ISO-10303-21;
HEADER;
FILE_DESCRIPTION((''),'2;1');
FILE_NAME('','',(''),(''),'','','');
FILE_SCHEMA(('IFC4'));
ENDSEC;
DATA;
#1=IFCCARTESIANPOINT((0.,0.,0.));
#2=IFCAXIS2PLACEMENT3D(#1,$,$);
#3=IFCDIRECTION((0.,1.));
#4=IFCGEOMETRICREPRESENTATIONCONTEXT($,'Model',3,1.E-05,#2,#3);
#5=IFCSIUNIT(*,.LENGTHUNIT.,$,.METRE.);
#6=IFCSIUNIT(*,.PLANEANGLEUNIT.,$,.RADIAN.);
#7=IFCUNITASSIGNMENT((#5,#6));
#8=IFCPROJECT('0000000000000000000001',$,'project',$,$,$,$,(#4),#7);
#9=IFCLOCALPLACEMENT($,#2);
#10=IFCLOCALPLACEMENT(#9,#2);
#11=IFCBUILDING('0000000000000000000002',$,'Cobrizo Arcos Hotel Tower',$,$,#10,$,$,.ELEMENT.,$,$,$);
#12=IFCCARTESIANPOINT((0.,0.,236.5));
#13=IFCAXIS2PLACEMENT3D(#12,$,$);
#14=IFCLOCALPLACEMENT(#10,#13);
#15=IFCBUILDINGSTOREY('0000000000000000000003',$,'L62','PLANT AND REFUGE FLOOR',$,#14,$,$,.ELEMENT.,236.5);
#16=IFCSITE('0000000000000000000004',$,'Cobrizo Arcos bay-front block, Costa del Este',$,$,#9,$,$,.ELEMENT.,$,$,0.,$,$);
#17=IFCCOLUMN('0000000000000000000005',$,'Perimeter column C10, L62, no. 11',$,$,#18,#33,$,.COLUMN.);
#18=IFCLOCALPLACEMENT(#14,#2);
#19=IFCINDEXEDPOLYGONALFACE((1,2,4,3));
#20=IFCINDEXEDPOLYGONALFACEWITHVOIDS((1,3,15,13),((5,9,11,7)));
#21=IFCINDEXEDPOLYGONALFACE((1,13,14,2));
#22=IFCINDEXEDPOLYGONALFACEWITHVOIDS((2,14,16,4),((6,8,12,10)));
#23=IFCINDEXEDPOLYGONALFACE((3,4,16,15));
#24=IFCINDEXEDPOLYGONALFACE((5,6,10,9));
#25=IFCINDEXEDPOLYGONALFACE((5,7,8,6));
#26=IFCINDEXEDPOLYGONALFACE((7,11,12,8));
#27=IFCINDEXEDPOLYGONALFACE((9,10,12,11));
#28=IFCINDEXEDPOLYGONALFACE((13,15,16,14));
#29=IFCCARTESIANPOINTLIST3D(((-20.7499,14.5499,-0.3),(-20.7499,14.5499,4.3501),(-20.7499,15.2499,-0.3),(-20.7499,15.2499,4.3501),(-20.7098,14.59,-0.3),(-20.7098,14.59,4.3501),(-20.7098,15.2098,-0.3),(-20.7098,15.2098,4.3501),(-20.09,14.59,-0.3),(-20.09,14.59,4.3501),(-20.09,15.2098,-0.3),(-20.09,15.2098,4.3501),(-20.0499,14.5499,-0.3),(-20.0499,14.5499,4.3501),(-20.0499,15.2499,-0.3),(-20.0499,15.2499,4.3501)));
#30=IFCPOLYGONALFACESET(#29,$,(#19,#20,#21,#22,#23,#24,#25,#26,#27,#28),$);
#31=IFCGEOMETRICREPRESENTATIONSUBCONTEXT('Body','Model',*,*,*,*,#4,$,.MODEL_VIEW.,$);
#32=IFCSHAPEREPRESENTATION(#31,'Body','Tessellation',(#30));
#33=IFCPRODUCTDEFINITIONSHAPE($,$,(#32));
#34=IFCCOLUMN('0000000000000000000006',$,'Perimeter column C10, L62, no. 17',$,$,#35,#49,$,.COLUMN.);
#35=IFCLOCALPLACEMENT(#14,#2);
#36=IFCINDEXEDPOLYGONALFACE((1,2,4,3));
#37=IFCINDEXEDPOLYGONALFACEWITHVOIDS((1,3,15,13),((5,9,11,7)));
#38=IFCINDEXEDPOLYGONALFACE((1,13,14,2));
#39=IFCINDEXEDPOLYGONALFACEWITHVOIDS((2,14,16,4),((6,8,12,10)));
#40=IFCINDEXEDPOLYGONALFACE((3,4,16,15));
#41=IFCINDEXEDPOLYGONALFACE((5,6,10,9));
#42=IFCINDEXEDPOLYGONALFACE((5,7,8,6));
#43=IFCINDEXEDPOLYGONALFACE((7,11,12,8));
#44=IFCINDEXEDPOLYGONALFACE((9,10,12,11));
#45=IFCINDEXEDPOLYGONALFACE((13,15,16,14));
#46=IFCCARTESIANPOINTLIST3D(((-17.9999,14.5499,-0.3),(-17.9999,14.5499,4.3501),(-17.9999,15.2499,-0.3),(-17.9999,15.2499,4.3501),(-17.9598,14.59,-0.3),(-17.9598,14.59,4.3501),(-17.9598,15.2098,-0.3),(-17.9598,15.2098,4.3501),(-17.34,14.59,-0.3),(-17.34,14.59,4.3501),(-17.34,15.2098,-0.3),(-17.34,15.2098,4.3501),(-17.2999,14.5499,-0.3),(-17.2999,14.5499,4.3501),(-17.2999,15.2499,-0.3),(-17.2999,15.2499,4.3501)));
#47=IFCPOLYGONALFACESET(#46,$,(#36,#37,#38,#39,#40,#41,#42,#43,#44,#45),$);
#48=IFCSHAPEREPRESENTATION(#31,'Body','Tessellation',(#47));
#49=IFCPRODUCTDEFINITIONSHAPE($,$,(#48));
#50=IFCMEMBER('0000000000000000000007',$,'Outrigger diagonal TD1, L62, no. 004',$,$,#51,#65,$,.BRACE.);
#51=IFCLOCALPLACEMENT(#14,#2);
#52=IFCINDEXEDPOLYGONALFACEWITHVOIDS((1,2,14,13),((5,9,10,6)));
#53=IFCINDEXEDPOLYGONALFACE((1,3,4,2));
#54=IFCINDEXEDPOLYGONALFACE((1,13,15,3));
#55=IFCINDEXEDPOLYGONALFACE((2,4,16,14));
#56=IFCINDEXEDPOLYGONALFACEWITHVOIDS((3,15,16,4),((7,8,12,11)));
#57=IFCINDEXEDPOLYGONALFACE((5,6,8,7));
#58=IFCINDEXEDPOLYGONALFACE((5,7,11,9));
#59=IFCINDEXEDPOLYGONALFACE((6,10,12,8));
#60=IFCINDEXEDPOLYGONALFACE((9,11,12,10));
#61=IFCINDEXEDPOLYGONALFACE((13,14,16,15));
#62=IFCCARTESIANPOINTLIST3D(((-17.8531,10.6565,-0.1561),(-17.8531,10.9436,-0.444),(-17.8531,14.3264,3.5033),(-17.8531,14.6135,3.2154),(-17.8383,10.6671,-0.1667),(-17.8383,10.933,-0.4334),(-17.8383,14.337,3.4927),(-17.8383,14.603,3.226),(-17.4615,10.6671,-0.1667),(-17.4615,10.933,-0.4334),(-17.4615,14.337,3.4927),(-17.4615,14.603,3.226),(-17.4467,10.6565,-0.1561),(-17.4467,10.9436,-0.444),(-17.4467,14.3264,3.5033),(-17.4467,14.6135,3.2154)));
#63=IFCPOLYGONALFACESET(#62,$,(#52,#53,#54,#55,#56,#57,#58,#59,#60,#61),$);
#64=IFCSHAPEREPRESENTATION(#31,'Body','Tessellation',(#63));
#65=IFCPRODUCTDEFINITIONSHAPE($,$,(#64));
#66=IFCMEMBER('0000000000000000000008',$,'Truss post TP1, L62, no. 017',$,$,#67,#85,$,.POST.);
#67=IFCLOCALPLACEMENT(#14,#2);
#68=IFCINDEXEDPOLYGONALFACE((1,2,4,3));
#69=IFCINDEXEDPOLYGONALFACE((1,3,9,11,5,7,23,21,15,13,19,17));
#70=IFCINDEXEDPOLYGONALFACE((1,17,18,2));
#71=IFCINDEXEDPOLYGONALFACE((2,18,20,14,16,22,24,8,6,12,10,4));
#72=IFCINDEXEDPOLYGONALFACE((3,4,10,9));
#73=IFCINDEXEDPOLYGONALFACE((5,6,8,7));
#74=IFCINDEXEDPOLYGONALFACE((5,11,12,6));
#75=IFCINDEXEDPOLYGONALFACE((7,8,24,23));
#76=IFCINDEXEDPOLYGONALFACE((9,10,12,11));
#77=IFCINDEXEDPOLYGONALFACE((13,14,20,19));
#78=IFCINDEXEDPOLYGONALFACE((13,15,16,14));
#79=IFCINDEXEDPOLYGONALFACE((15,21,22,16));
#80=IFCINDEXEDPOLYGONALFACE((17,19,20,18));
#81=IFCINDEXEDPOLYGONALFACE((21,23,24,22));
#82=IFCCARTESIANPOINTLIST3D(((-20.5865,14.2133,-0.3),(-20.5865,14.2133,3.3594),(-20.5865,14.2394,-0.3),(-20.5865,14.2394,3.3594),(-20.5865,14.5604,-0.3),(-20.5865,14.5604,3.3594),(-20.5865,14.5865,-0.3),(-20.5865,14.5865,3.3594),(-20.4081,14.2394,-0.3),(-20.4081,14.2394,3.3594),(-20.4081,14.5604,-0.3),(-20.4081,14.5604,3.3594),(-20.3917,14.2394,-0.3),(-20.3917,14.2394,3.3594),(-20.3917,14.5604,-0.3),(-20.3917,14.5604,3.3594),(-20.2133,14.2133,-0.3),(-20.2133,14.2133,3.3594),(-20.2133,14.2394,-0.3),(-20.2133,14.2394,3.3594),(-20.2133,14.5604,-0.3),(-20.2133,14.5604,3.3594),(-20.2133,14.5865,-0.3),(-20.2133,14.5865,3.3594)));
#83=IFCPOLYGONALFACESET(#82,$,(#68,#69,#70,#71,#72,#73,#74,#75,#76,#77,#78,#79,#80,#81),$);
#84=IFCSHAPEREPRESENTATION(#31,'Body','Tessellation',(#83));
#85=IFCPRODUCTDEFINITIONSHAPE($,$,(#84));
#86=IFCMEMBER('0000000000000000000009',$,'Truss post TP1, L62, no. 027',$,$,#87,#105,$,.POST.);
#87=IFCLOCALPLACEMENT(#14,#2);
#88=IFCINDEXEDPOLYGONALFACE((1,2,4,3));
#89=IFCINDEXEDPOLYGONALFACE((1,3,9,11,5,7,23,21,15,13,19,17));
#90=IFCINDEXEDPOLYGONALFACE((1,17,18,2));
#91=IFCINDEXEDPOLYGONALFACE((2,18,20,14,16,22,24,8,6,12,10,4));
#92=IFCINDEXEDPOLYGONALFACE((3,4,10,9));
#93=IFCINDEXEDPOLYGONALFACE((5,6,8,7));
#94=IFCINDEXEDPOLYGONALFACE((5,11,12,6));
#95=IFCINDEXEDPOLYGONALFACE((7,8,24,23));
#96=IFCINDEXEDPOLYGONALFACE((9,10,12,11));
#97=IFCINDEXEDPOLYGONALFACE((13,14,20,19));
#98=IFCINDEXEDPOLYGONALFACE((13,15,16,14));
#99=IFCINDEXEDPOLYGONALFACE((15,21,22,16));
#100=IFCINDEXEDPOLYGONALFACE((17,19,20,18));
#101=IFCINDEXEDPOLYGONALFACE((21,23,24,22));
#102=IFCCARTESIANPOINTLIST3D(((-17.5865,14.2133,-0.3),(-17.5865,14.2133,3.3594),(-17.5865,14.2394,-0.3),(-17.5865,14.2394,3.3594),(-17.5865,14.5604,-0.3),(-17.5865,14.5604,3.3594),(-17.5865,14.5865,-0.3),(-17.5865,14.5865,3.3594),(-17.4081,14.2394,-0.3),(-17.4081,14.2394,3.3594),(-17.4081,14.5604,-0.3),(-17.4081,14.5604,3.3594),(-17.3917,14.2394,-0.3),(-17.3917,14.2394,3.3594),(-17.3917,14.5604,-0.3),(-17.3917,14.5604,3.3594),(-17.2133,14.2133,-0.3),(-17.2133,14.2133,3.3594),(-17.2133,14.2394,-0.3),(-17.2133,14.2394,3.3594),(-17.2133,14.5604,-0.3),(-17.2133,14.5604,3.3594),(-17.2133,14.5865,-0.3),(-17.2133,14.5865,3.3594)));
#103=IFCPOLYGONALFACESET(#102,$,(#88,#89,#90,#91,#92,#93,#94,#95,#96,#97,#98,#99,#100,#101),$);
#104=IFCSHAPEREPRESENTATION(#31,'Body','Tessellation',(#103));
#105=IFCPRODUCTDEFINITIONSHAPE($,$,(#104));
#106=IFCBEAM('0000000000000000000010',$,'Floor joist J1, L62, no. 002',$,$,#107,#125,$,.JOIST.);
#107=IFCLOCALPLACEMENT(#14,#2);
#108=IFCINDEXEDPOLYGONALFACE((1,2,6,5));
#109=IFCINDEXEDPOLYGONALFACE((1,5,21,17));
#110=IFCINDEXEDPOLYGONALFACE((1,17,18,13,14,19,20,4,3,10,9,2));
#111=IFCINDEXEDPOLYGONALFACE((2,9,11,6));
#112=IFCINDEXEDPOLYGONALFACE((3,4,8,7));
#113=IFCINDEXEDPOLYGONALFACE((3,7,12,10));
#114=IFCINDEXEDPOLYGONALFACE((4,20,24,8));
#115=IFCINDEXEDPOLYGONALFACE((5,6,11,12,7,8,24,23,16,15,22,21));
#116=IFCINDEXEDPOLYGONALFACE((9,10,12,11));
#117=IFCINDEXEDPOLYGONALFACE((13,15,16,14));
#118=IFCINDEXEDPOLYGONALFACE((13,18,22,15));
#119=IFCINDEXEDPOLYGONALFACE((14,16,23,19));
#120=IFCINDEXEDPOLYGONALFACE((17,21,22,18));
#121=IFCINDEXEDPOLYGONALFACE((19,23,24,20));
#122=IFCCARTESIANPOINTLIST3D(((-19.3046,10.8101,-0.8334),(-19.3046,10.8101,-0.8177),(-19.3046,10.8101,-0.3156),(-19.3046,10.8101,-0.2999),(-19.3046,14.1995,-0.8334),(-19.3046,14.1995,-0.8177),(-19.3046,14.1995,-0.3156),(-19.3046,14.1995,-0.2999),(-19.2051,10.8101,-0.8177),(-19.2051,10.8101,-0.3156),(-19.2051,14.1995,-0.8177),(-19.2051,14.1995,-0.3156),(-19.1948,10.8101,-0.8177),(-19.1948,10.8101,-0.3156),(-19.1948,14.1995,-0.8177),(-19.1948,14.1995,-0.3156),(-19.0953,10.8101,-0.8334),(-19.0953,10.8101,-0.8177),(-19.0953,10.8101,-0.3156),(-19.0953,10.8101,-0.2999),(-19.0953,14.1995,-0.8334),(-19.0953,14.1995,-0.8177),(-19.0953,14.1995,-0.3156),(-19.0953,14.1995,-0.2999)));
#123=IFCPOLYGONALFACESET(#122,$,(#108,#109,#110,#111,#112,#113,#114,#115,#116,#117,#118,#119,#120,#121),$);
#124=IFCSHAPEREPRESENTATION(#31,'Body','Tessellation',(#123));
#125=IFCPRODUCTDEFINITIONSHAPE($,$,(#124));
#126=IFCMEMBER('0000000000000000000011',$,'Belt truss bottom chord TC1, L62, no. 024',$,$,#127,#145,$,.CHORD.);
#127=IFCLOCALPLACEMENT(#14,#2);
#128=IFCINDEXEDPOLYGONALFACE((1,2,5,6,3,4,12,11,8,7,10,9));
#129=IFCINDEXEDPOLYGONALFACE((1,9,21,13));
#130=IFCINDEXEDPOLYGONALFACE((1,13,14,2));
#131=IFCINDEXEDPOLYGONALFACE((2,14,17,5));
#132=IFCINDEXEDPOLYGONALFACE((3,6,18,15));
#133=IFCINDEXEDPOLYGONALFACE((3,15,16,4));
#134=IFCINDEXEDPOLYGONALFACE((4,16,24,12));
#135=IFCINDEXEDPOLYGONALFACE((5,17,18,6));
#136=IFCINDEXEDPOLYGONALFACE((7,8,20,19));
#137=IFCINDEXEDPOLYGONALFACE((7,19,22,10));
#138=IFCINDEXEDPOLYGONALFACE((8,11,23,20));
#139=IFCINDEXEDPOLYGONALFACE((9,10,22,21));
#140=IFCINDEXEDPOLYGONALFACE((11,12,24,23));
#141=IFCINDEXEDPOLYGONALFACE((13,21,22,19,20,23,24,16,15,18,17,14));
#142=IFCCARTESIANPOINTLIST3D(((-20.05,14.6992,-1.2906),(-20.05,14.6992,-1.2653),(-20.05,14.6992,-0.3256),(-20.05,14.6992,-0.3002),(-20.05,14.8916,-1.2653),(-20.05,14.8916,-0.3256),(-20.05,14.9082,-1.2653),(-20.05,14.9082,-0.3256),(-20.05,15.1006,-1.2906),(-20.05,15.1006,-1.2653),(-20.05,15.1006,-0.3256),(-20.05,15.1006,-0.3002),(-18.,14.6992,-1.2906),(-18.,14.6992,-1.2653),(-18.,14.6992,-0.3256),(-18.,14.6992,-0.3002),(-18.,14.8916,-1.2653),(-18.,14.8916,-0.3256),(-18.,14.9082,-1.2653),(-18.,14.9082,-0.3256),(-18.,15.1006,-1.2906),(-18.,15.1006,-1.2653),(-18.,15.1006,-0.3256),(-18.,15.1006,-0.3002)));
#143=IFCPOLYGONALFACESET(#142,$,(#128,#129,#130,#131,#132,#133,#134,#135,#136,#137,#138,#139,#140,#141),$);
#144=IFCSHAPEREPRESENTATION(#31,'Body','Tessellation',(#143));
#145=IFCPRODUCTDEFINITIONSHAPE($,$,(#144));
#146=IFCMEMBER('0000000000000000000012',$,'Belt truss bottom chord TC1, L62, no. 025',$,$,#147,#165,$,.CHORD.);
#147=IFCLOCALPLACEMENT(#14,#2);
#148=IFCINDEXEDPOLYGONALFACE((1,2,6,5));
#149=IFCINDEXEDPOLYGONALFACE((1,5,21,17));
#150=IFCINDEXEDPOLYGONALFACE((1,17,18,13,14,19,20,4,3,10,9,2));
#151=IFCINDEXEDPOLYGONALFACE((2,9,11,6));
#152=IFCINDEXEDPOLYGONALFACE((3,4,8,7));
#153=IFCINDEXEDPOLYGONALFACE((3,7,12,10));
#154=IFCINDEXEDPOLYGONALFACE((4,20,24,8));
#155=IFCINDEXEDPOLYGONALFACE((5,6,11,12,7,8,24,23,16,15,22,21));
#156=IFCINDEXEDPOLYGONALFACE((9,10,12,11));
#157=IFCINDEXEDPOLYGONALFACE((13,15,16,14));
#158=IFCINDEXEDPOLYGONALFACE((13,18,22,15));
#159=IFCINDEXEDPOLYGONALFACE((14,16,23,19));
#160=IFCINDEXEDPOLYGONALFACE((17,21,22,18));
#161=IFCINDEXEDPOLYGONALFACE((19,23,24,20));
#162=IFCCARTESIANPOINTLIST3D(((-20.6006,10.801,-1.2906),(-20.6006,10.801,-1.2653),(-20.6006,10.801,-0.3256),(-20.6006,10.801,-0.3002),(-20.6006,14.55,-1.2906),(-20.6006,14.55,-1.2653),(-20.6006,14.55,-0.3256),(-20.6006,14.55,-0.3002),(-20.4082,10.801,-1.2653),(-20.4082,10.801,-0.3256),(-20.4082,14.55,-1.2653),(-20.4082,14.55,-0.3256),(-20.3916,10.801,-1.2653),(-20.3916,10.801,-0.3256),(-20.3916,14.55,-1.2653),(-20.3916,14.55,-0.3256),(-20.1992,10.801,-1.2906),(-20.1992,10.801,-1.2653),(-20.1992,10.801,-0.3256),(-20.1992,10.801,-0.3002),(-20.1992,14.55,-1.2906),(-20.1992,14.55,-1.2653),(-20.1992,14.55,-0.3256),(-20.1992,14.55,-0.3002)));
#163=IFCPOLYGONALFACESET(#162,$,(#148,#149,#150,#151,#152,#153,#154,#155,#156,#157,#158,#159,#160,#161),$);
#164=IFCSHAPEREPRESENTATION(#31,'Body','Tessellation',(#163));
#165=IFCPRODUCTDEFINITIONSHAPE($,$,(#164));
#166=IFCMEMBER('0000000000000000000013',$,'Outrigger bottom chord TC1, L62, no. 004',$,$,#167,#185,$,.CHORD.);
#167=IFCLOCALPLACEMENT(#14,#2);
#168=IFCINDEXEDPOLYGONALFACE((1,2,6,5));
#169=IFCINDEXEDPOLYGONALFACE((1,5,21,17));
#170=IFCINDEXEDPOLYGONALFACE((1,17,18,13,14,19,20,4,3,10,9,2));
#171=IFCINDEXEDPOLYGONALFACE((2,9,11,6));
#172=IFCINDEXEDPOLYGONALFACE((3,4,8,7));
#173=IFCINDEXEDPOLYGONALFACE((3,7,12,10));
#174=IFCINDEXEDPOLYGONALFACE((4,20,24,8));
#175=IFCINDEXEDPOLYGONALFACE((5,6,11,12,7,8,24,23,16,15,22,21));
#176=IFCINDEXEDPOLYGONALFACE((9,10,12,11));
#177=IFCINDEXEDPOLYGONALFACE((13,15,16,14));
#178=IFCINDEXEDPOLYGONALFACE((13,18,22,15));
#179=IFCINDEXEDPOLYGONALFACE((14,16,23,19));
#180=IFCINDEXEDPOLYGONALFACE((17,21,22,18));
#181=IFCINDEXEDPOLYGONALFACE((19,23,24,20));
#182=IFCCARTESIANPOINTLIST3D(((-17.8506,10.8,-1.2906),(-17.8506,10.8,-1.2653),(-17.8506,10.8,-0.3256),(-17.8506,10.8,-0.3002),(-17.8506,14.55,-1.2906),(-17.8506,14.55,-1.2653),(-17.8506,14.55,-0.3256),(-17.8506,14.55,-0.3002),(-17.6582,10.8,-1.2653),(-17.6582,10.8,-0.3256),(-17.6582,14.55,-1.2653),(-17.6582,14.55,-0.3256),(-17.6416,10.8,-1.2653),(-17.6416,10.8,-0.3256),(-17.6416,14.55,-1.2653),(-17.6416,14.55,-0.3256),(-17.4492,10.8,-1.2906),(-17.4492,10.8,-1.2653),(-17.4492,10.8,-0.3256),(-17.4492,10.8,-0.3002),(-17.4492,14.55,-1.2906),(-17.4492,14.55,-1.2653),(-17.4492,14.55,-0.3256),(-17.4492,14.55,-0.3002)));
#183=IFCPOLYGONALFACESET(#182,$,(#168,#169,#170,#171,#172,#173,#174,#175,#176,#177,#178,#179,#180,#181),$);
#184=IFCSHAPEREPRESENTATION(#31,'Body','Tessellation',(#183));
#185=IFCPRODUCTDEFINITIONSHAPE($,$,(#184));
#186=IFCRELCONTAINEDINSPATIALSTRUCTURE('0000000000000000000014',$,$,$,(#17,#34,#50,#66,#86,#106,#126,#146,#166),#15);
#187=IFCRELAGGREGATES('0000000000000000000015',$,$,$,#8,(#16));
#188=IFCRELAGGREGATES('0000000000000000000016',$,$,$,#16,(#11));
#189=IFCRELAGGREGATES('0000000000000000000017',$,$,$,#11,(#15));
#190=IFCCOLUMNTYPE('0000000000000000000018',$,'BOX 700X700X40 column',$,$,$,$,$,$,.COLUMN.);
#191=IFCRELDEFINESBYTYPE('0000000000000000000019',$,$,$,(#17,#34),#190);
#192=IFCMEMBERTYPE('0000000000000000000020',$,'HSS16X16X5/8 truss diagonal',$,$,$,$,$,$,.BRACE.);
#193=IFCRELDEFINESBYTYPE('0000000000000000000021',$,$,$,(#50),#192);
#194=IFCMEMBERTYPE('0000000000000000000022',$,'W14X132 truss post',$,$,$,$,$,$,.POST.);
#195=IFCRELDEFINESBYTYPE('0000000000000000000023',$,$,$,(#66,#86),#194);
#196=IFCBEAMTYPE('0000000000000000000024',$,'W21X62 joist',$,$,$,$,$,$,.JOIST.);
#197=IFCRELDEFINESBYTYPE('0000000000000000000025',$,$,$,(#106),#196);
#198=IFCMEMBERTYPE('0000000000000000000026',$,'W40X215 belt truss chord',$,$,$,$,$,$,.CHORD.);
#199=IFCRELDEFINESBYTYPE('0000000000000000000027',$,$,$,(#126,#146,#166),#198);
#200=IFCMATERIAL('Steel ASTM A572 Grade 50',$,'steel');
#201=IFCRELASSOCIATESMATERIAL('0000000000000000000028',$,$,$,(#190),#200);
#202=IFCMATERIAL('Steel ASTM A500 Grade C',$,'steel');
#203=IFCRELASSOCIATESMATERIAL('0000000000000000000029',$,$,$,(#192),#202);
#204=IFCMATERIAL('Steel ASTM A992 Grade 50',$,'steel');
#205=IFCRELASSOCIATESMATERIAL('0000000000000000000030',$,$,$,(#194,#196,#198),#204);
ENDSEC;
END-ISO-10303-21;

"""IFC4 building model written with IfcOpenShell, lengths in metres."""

from ifc_helpers import new_model, si_unit, direction, frame, origin, origin_2d, place, context, subcontext, project, spatial, hollow_rectangle, i_section, extrude, material, material_profile, profile_set, type_object, element, save


model = new_model("IFC4")

# Units and contexts
model_context = context("Model", 3, precision=1e-05, world=origin(), true_north=direction((0.0, 1.0)))
body_context = subcontext(model_context, "Body", "Model", "MODEL_VIEW")
ifc_project = project(units=[si_unit("LENGTHUNIT", "METRE"), si_unit("PLANEANGLEUNIT", "RADIAN")], contexts=[model_context])

# Site, building, storey
site_placement = place(None, origin())
site = spatial("IfcSite", under=ifc_project, at=site_placement, Name="Cobrizo Arcos bay-front block, Costa del Este", CompositionType="ELEMENT", RefElevation=0.0)
building_placement = place(site_placement, origin())
building = spatial("IfcBuilding", under=site, at=building_placement, Name="Cobrizo Arcos Hotel Tower", CompositionType="ELEMENT")
storey_placement = place(building_placement, frame((0.0, 0.0, 236.5)))
storey = spatial("IfcBuildingStorey", under=building, at=storey_placement, Name="L62", Description="PLANT AND REFUGE FLOOR", CompositionType="ELEMENT", Elevation=236.5)

# Columns
ifc_material_1 = material(Name="Steel ASTM A572 Grade 50", Category="steel")
ifc_material_profile_1 = material_profile(ifc_material_1, hollow_rectangle(XDim=0.7, YDim=0.7, WallThickness=0.04, at=origin_2d()), Name="BOX 700X700X40")
ifc_profile_set_1 = profile_set([ifc_material_profile_1], Name="Steel ASTM A572 Grade 50")
column_type = type_object("IfcColumnType", Name="BOX 700X700X40 column", PredefinedType="COLUMN", material=ifc_profile_set_1)
for number, where, z_axis, x_axis, name in (
    (1, (-20.3999, 14.8999, -0.3), (0.0, 0.0, 1.0), (1.0, 0.0, 0.0), "Perimeter column C10, L62, no. 11"),
    (2, (-17.6499, 14.8999, -0.3), (0.0, 0.0, 1.0), (1.0, 0.0, 0.0), "Perimeter column C10, L62, no. 17"),
):
    element("IfcColumn", number, at=place(storey_placement, frame(where, z_axis=z_axis, x_axis=x_axis)), inside=storey, type_object=column_type, Name=name, PredefinedType="COLUMN", context=body_context, shape_type="SweptSolid", body=[
        extrude(hollow_rectangle(XDim=0.7, YDim=0.7, WallThickness=0.04, at=origin_2d()), origin(), (0.0, 0.0, 1.0), 4.6501),
    ])

# Members
ifc_material_2 = material(Name="Steel ASTM A500 Grade C", Category="steel")
ifc_material_profile_2 = material_profile(ifc_material_2, hollow_rectangle(XDim=0.4065, YDim=0.4065, WallThickness=0.0149, at=origin_2d()), Name="HSS16X16X5/8")
ifc_profile_set_2 = profile_set([ifc_material_profile_2], Name="Steel ASTM A500 Grade C")
member_type_1 = type_object("IfcMemberType", Name="HSS16X16X5/8 truss diagonal", PredefinedType="BRACE", material=ifc_profile_set_2)
member_1_placement = place(storey_placement, frame((-17.6499, 10.8, -0.3), z_axis=(0.0, 0.708119, 0.706093), x_axis=(-1.0, 0.0, 0.0)))
element("IfcMember", 3, at=member_1_placement, inside=storey, type_object=member_type_1, Name="Outrigger diagonal TD1, L62, no. 004", PredefinedType="BRACE", context=body_context, shape_type="SweptSolid", body=[
    extrude(hollow_rectangle(XDim=0.4065, YDim=0.4065, WallThickness=0.0149, at=origin_2d()), origin(), (0.0, 0.0, 1.0), 5.1826),
])
ifc_material_3 = material(Name="Steel ASTM A992 Grade 50", Category="steel")
ifc_material_profile_3 = material_profile(ifc_material_3, i_section(OverallWidth=0.3733, OverallDepth=0.3733, WebThickness=0.0164, FlangeThickness=0.0261, at=origin_2d()), Name="W14X132")
ifc_profile_set_3 = profile_set([ifc_material_profile_3], Name="Steel ASTM A992 Grade 50")
member_type_2 = type_object("IfcMemberType", Name="W14X132 truss post", PredefinedType="POST", material=ifc_profile_set_3)
for number, where, z_axis, x_axis, name in (
    (4, (-20.3999, 14.3999, -0.3), (0.0, 0.0, 1.0), (1.0, 0.0, 0.0), "Truss post TP1, L62, no. 017"),
    (5, (-17.3999, 14.3999, -0.3), (0.0, 0.0, 1.0), (1.0, 0.0, 0.0), "Truss post TP1, L62, no. 027"),
):
    element("IfcMember", number, at=place(storey_placement, frame(where, z_axis=z_axis, x_axis=x_axis)), inside=storey, type_object=member_type_2, Name=name, PredefinedType="POST", context=body_context, shape_type="SweptSolid", body=[
        extrude(i_section(OverallWidth=0.3733, OverallDepth=0.3733, WebThickness=0.0164, FlangeThickness=0.0261, at=origin_2d()), origin(), (0.0, 0.0, 1.0), 3.6594),
    ])

# Beam
ifc_material_profile_4 = material_profile(ifc_material_3, i_section(OverallWidth=0.2092, OverallDepth=0.5334, WebThickness=0.0103, FlangeThickness=0.0156, at=origin_2d()), Name="W21X62")
ifc_profile_set_4 = profile_set([ifc_material_profile_4], Name="Steel ASTM A992 Grade 50")
beam_type = type_object("IfcBeamType", Name="W21X62 joist", PredefinedType="JOIST", material=ifc_profile_set_4)
beam_placement = place(storey_placement, frame((-19.2, 10.8101, -0.5667), z_axis=(0.0, 1.0, 0.0), x_axis=(-1.0, 0.0, 0.0)))
element("IfcBeam", 6, at=beam_placement, inside=storey, type_object=beam_type, Name="Floor joist J1, L62, no. 002", PredefinedType="JOIST", context=body_context, shape_type="SweptSolid", body=[
    extrude(i_section(OverallWidth=0.2092, OverallDepth=0.5334, WebThickness=0.0103, FlangeThickness=0.0156, at=origin_2d()), origin(), (0.0, 0.0, 1.0), 3.3894),
])

# Members
ifc_material_profile_5 = material_profile(ifc_material_3, i_section(OverallWidth=0.4014, OverallDepth=0.9905, WebThickness=0.0166, FlangeThickness=0.0254, at=origin_2d()), Name="W40X215")
ifc_profile_set_5 = profile_set([ifc_material_profile_5], Name="Steel ASTM A992 Grade 50")
member_type_3 = type_object("IfcMemberType", Name="W40X215 belt truss chord", PredefinedType="CHORD", material=ifc_profile_set_5)
member_2_placement = place(storey_placement, frame((-18.0, 14.8999, -0.7954), z_axis=(-1.0, 0.0, 0.0), x_axis=(0.0, -1.0, 0.0)))
element("IfcMember", 7, at=member_2_placement, inside=storey, type_object=member_type_3, Name="Belt truss bottom chord TC1, L62, no. 024", PredefinedType="CHORD", context=body_context, shape_type="SweptSolid", body=[
    extrude(i_section(OverallWidth=0.4014, OverallDepth=0.9905, WebThickness=0.0166, FlangeThickness=0.0254, at=origin_2d()), origin(), (0.0, 0.0, 1.0), 2.05),
])
member_3_placement = place(storey_placement, frame((-20.3999, 14.55, -0.7954), z_axis=(0.0, -1.0, 0.0), x_axis=(1.0, 0.0, 0.0)))
element("IfcMember", 8, at=member_3_placement, inside=storey, type_object=member_type_3, Name="Belt truss bottom chord TC1, L62, no. 025", PredefinedType="CHORD", context=body_context, shape_type="SweptSolid", body=[
    extrude(i_section(OverallWidth=0.4014, OverallDepth=0.9905, WebThickness=0.0166, FlangeThickness=0.0254, at=origin_2d()), origin(), (0.0, 0.0, 1.0), 3.749),
])
member_4_placement = place(storey_placement, frame((-17.6499, 10.8, -0.7954), z_axis=(0.0, 1.0, 0.0), x_axis=(-1.0, 0.0, 0.0)))
element("IfcMember", 9, at=member_4_placement, inside=storey, type_object=member_type_3, Name="Outrigger bottom chord TC1, L62, no. 004", PredefinedType="CHORD", context=body_context, shape_type="SweptSolid", body=[
    extrude(i_section(OverallWidth=0.4014, OverallDepth=0.9905, WebThickness=0.0166, FlangeThickness=0.0254, at=origin_2d()), origin(), (0.0, 0.0, 1.0), 3.75),
])

save(model, "model.ifc")
